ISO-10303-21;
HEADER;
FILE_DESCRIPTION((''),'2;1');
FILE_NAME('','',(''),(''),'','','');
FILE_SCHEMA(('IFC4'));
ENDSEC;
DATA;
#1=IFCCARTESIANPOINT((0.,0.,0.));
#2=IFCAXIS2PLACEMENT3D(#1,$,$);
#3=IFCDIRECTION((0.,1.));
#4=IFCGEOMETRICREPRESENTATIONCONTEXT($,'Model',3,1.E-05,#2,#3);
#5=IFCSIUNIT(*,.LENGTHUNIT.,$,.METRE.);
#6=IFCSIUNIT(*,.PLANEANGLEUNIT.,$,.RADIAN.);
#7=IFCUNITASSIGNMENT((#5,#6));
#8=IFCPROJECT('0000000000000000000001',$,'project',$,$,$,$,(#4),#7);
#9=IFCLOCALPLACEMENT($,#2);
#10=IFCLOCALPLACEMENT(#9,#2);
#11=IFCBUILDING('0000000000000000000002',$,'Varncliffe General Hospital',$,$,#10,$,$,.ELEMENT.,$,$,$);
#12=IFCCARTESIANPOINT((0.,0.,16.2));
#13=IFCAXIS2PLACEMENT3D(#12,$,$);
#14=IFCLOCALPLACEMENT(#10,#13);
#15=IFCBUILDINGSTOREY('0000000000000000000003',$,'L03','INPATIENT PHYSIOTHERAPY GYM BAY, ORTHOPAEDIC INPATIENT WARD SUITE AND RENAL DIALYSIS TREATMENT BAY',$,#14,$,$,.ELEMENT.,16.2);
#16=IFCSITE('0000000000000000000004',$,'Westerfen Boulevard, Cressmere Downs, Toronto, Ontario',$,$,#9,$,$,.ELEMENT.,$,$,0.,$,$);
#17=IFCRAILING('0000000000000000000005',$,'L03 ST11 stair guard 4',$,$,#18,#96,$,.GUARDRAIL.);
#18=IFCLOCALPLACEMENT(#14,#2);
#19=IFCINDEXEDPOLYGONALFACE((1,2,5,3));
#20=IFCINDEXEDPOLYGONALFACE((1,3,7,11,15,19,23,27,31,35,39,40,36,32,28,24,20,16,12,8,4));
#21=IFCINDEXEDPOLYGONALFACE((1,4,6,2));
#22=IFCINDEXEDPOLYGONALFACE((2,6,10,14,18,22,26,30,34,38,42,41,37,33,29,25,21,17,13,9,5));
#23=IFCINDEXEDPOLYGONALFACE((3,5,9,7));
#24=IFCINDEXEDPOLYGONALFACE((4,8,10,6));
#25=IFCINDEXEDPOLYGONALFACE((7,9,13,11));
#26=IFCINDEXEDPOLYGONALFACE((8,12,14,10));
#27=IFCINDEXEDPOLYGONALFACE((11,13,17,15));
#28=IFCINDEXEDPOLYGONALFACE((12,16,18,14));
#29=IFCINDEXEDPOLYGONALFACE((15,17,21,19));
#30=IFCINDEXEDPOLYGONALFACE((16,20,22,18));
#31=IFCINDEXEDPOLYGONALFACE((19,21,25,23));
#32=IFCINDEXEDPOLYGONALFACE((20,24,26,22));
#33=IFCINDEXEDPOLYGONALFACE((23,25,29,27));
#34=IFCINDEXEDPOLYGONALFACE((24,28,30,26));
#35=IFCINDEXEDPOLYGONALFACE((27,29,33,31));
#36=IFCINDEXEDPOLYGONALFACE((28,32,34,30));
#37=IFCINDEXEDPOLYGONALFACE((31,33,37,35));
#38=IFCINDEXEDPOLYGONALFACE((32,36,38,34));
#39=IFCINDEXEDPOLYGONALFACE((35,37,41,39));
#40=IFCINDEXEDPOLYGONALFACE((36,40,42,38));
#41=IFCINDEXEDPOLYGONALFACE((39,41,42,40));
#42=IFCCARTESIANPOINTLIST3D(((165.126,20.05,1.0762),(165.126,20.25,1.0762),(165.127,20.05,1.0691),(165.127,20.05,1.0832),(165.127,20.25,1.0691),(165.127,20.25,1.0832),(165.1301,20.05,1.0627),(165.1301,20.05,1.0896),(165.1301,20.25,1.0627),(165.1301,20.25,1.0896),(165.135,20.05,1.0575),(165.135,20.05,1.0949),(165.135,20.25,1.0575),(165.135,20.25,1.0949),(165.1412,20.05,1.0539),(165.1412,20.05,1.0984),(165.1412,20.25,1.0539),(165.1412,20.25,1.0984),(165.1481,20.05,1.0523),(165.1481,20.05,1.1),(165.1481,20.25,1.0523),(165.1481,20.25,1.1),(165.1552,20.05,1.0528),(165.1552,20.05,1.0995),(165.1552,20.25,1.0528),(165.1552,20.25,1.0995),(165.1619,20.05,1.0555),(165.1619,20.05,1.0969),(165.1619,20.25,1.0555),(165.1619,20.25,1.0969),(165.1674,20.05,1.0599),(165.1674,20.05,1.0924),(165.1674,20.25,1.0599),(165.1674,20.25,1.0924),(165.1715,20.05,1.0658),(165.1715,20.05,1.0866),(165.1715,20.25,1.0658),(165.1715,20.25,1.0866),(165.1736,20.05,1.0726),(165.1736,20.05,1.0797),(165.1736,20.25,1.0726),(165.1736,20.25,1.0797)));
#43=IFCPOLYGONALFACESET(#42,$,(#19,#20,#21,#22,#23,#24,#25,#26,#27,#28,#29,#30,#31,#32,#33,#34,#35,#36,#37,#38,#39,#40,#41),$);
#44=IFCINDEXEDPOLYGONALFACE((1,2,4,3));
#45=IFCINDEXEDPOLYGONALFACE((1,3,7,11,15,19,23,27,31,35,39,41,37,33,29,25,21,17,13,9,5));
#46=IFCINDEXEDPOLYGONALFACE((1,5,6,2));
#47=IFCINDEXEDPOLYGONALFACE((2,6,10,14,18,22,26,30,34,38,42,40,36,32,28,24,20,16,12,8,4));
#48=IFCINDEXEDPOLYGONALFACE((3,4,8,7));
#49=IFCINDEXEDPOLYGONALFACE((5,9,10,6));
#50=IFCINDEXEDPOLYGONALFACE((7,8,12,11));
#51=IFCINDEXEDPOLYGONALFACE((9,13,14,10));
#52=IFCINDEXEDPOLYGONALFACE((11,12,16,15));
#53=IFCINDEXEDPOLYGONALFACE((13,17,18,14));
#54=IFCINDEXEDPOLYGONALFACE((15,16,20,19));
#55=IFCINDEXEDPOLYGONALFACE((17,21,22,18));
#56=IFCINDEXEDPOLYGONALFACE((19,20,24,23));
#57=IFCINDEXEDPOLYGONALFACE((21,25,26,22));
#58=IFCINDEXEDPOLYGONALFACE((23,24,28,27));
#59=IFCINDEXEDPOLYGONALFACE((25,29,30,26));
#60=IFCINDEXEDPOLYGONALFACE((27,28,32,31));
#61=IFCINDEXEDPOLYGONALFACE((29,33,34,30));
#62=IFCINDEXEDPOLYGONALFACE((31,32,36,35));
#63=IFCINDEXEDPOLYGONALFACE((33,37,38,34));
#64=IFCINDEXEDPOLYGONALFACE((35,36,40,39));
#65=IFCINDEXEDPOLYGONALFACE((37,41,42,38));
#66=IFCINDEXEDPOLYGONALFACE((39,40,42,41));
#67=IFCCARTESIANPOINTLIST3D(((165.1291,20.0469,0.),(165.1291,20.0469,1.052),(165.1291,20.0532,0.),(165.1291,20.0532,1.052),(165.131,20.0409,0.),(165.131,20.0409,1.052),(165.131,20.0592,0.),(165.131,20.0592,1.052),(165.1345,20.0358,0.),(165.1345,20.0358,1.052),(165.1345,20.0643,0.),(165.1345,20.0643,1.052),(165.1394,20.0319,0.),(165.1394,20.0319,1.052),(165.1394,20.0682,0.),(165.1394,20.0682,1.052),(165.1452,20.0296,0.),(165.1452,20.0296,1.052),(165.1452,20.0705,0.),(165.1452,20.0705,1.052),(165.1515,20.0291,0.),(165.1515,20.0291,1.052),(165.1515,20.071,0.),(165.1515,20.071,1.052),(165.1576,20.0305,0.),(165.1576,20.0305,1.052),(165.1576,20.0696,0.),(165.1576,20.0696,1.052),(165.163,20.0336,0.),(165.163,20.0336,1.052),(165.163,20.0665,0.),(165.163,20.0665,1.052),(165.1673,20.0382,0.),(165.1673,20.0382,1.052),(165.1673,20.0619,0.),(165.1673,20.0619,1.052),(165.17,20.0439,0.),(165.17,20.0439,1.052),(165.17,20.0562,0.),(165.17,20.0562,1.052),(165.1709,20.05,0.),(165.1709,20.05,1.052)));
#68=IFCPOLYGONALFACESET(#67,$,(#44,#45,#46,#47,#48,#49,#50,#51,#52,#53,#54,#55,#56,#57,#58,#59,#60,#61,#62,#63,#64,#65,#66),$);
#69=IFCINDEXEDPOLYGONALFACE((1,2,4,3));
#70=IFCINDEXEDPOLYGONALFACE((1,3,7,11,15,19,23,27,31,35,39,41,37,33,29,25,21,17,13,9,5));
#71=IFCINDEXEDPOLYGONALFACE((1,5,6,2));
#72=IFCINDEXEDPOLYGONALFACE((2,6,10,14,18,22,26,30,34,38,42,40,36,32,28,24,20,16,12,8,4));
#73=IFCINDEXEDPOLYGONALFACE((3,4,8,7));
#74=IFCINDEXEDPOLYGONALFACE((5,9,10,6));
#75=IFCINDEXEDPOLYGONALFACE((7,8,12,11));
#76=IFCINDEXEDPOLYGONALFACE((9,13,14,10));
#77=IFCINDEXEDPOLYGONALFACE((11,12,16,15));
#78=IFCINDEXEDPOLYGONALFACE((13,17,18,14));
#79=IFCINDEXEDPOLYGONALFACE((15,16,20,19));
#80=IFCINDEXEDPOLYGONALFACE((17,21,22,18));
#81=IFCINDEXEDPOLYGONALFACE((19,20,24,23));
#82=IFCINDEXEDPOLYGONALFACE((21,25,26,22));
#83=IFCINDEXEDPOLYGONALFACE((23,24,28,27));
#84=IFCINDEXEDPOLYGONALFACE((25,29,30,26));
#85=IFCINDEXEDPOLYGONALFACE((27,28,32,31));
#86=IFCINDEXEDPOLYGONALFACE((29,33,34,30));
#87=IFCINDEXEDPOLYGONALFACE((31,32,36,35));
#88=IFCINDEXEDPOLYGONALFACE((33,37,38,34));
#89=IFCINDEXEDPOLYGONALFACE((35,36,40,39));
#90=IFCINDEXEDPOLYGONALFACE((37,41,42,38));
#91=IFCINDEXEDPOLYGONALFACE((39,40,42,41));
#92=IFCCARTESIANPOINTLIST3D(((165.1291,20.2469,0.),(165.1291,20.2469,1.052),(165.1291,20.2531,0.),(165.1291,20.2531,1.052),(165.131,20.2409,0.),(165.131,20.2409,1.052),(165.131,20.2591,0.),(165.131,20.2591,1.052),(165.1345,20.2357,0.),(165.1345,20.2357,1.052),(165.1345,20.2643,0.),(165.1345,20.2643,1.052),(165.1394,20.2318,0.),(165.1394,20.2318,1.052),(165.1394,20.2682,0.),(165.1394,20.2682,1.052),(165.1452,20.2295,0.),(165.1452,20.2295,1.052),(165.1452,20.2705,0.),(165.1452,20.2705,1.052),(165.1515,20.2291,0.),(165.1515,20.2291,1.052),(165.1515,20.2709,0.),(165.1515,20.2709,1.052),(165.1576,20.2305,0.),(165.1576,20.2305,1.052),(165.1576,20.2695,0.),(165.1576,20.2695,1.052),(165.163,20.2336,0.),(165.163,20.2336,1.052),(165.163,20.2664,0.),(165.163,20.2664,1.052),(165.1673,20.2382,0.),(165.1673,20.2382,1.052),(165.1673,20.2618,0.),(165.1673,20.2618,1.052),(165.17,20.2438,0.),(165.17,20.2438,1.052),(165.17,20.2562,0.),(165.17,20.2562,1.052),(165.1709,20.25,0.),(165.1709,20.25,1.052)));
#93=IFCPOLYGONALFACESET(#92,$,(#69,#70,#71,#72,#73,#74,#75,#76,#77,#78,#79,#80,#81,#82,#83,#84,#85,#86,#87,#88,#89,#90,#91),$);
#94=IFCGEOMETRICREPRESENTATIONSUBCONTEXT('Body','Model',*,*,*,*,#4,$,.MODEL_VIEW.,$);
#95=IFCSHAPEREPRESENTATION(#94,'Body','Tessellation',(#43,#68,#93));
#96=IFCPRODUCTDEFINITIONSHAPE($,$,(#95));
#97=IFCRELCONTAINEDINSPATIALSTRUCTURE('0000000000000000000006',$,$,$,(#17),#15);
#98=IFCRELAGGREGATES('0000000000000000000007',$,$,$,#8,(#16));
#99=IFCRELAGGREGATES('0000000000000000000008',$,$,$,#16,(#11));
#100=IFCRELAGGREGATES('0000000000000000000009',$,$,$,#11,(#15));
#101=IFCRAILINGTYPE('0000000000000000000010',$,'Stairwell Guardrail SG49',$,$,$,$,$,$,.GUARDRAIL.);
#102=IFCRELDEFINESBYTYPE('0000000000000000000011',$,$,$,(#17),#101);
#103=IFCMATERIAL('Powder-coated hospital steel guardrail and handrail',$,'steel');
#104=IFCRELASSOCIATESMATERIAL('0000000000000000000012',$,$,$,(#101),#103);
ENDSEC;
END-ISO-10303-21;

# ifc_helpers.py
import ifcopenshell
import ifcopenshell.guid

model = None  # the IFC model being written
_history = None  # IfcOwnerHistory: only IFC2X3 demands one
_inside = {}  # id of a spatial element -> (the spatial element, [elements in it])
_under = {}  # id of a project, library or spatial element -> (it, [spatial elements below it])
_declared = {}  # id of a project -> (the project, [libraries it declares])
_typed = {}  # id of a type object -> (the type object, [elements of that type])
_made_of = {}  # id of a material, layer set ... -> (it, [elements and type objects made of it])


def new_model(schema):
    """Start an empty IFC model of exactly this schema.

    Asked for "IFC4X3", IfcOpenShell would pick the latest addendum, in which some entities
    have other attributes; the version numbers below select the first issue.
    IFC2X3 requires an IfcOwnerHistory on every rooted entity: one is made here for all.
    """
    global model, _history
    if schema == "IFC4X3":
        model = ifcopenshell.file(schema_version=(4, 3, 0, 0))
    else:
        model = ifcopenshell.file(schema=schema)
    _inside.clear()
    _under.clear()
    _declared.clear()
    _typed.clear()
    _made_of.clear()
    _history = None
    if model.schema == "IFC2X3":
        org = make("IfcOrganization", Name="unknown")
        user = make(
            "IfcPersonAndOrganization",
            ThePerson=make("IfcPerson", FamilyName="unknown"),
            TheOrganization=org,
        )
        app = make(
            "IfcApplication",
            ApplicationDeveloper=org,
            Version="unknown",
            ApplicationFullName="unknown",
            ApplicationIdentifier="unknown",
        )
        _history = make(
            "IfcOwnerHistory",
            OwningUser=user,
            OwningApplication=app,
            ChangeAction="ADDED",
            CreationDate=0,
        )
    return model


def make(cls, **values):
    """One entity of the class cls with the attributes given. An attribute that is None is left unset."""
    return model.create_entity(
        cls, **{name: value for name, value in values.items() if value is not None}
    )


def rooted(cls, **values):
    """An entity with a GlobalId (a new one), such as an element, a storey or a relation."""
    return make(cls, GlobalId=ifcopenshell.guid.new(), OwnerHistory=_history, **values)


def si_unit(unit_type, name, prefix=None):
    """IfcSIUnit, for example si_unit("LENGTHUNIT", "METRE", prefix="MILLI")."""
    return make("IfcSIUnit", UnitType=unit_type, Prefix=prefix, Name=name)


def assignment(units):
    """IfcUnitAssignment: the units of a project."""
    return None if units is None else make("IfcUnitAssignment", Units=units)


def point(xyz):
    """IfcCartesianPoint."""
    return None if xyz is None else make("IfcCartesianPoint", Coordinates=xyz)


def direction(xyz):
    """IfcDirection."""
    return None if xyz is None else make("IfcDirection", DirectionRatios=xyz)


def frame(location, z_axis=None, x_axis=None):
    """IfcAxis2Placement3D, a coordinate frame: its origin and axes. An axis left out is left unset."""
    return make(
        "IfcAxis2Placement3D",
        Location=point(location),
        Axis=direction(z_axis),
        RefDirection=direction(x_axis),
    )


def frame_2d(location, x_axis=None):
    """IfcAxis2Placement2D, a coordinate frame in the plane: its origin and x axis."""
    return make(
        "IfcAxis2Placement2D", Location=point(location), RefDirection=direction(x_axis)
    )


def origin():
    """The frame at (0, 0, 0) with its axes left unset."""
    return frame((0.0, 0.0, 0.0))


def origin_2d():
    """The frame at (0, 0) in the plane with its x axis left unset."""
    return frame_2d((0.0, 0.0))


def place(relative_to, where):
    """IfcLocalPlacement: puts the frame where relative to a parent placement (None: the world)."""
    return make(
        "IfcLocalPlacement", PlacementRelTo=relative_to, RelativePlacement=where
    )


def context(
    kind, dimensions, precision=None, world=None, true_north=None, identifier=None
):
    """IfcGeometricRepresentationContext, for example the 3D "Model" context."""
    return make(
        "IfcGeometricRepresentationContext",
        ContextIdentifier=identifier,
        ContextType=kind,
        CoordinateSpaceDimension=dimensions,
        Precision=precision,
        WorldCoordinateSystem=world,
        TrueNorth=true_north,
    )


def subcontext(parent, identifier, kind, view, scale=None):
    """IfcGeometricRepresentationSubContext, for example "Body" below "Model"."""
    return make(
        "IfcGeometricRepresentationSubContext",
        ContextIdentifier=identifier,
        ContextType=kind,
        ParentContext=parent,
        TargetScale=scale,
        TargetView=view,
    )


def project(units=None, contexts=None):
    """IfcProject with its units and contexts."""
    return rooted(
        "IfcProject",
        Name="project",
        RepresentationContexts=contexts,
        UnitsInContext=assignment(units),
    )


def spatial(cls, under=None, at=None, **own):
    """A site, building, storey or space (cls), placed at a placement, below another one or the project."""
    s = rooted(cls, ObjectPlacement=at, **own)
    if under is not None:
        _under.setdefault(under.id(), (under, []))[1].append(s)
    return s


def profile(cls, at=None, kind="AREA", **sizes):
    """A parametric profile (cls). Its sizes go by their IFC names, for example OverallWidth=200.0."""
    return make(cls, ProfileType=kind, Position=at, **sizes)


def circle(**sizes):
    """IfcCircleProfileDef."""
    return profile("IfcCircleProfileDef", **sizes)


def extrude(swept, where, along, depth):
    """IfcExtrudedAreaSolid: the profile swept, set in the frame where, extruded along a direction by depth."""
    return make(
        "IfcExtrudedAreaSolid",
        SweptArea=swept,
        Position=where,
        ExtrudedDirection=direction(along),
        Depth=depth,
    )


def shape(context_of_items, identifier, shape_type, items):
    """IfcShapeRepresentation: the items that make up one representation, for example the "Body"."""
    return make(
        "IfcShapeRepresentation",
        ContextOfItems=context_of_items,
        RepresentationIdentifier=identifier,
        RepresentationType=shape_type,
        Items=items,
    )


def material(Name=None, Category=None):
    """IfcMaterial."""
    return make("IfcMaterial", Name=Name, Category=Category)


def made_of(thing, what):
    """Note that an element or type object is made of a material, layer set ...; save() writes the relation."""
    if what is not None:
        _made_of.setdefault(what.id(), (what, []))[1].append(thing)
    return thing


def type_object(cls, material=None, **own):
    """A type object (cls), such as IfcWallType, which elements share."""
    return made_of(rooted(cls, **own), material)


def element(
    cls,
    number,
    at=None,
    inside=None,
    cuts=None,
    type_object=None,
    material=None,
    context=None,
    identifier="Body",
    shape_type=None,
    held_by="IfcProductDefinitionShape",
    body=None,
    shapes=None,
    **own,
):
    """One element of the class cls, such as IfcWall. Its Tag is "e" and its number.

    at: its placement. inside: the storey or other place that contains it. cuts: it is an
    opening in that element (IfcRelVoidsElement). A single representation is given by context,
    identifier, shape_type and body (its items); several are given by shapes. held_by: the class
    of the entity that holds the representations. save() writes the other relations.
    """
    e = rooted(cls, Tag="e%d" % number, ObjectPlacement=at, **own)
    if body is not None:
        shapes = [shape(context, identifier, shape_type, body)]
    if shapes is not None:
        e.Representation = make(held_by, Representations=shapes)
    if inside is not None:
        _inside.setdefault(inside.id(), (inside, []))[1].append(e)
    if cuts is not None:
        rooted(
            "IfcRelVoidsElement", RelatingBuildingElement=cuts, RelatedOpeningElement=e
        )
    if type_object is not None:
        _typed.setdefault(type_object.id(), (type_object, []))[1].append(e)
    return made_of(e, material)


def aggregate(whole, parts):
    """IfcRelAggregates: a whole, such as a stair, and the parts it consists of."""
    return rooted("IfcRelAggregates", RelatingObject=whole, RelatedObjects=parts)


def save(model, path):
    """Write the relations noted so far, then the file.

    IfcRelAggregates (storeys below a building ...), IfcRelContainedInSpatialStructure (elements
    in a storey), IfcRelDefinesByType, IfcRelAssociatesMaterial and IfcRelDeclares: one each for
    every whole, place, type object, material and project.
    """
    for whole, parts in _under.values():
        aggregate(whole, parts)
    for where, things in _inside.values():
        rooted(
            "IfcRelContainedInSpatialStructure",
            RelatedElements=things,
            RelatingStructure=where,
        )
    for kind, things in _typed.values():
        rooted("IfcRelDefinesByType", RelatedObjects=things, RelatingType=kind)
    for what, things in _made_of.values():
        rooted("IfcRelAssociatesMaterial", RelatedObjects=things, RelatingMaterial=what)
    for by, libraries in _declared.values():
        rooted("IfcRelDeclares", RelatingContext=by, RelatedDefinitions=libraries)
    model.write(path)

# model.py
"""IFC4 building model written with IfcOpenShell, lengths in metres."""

from ifc_helpers import new_model, si_unit, direction, frame, origin, origin_2d, place, context, subcontext, project, spatial, circle, extrude, material, type_object, element, save


model = new_model("IFC4")

# Units and contexts
model_context = context("Model", 3, precision=1e-05, world=origin(), true_north=direction((0.0, 1.0)))
body_context = subcontext(model_context, "Body", "Model", "MODEL_VIEW")
ifc_project = project(units=[si_unit("LENGTHUNIT", "METRE"), si_unit("PLANEANGLEUNIT", "RADIAN")], contexts=[model_context])

# Site, building, storey
site_placement = place(None, origin())
site = spatial("IfcSite", under=ifc_project, at=site_placement, Name="Westerfen Boulevard, Cressmere Downs, Toronto, Ontario", CompositionType="ELEMENT", RefElevation=0.0)
building_placement = place(site_placement, origin())
building = spatial("IfcBuilding", under=site, at=building_placement, Name="Varncliffe General Hospital", CompositionType="ELEMENT")
storey_placement = place(building_placement, frame((0.0, 0.0, 16.2)))
storey = spatial("IfcBuildingStorey", under=building, at=storey_placement, Name="L03", Description="INPATIENT PHYSIOTHERAPY GYM BAY, ORTHOPAEDIC INPATIENT WARD SUITE AND RENAL DIALYSIS TREATMENT BAY", CompositionType="ELEMENT", Elevation=16.2)

# Railing
ifc_material_1 = material(Name="Powder-coated hospital steel guardrail and handrail", Category="steel")
railing_type_1 = type_object("IfcRailingType", Name="Stairwell Guardrail SG49", PredefinedType="GUARDRAIL", material=ifc_material_1)
railing_1_placement = place(storey_placement, frame((165.1499, 20.05, 0.0)))
element("IfcRailing", 1, at=railing_1_placement, inside=storey, type_object=railing_type_1, Name="L03 ST11 stair guard 4", PredefinedType="GUARDRAIL", context=body_context, shape_type="SweptSolid", body=[
    extrude(circle(Radius=0.0239, at=origin_2d()), frame((0.0, 0.0, 1.0762), z_axis=(0.0, 1.0, 0.0), x_axis=(-1.0, 0.0, 0.0)), (0.0, 0.0, 1.0), 0.2),
    extrude(circle(Radius=0.021, at=origin_2d()), origin(), (0.0, 0.0, 1.0), 1.052),
    extrude(circle(Radius=0.021, at=origin_2d()), frame((0.0, 0.2, 0.0)), (0.0, 0.0, 1.0), 1.052),
])

save(model, "model.ifc")
